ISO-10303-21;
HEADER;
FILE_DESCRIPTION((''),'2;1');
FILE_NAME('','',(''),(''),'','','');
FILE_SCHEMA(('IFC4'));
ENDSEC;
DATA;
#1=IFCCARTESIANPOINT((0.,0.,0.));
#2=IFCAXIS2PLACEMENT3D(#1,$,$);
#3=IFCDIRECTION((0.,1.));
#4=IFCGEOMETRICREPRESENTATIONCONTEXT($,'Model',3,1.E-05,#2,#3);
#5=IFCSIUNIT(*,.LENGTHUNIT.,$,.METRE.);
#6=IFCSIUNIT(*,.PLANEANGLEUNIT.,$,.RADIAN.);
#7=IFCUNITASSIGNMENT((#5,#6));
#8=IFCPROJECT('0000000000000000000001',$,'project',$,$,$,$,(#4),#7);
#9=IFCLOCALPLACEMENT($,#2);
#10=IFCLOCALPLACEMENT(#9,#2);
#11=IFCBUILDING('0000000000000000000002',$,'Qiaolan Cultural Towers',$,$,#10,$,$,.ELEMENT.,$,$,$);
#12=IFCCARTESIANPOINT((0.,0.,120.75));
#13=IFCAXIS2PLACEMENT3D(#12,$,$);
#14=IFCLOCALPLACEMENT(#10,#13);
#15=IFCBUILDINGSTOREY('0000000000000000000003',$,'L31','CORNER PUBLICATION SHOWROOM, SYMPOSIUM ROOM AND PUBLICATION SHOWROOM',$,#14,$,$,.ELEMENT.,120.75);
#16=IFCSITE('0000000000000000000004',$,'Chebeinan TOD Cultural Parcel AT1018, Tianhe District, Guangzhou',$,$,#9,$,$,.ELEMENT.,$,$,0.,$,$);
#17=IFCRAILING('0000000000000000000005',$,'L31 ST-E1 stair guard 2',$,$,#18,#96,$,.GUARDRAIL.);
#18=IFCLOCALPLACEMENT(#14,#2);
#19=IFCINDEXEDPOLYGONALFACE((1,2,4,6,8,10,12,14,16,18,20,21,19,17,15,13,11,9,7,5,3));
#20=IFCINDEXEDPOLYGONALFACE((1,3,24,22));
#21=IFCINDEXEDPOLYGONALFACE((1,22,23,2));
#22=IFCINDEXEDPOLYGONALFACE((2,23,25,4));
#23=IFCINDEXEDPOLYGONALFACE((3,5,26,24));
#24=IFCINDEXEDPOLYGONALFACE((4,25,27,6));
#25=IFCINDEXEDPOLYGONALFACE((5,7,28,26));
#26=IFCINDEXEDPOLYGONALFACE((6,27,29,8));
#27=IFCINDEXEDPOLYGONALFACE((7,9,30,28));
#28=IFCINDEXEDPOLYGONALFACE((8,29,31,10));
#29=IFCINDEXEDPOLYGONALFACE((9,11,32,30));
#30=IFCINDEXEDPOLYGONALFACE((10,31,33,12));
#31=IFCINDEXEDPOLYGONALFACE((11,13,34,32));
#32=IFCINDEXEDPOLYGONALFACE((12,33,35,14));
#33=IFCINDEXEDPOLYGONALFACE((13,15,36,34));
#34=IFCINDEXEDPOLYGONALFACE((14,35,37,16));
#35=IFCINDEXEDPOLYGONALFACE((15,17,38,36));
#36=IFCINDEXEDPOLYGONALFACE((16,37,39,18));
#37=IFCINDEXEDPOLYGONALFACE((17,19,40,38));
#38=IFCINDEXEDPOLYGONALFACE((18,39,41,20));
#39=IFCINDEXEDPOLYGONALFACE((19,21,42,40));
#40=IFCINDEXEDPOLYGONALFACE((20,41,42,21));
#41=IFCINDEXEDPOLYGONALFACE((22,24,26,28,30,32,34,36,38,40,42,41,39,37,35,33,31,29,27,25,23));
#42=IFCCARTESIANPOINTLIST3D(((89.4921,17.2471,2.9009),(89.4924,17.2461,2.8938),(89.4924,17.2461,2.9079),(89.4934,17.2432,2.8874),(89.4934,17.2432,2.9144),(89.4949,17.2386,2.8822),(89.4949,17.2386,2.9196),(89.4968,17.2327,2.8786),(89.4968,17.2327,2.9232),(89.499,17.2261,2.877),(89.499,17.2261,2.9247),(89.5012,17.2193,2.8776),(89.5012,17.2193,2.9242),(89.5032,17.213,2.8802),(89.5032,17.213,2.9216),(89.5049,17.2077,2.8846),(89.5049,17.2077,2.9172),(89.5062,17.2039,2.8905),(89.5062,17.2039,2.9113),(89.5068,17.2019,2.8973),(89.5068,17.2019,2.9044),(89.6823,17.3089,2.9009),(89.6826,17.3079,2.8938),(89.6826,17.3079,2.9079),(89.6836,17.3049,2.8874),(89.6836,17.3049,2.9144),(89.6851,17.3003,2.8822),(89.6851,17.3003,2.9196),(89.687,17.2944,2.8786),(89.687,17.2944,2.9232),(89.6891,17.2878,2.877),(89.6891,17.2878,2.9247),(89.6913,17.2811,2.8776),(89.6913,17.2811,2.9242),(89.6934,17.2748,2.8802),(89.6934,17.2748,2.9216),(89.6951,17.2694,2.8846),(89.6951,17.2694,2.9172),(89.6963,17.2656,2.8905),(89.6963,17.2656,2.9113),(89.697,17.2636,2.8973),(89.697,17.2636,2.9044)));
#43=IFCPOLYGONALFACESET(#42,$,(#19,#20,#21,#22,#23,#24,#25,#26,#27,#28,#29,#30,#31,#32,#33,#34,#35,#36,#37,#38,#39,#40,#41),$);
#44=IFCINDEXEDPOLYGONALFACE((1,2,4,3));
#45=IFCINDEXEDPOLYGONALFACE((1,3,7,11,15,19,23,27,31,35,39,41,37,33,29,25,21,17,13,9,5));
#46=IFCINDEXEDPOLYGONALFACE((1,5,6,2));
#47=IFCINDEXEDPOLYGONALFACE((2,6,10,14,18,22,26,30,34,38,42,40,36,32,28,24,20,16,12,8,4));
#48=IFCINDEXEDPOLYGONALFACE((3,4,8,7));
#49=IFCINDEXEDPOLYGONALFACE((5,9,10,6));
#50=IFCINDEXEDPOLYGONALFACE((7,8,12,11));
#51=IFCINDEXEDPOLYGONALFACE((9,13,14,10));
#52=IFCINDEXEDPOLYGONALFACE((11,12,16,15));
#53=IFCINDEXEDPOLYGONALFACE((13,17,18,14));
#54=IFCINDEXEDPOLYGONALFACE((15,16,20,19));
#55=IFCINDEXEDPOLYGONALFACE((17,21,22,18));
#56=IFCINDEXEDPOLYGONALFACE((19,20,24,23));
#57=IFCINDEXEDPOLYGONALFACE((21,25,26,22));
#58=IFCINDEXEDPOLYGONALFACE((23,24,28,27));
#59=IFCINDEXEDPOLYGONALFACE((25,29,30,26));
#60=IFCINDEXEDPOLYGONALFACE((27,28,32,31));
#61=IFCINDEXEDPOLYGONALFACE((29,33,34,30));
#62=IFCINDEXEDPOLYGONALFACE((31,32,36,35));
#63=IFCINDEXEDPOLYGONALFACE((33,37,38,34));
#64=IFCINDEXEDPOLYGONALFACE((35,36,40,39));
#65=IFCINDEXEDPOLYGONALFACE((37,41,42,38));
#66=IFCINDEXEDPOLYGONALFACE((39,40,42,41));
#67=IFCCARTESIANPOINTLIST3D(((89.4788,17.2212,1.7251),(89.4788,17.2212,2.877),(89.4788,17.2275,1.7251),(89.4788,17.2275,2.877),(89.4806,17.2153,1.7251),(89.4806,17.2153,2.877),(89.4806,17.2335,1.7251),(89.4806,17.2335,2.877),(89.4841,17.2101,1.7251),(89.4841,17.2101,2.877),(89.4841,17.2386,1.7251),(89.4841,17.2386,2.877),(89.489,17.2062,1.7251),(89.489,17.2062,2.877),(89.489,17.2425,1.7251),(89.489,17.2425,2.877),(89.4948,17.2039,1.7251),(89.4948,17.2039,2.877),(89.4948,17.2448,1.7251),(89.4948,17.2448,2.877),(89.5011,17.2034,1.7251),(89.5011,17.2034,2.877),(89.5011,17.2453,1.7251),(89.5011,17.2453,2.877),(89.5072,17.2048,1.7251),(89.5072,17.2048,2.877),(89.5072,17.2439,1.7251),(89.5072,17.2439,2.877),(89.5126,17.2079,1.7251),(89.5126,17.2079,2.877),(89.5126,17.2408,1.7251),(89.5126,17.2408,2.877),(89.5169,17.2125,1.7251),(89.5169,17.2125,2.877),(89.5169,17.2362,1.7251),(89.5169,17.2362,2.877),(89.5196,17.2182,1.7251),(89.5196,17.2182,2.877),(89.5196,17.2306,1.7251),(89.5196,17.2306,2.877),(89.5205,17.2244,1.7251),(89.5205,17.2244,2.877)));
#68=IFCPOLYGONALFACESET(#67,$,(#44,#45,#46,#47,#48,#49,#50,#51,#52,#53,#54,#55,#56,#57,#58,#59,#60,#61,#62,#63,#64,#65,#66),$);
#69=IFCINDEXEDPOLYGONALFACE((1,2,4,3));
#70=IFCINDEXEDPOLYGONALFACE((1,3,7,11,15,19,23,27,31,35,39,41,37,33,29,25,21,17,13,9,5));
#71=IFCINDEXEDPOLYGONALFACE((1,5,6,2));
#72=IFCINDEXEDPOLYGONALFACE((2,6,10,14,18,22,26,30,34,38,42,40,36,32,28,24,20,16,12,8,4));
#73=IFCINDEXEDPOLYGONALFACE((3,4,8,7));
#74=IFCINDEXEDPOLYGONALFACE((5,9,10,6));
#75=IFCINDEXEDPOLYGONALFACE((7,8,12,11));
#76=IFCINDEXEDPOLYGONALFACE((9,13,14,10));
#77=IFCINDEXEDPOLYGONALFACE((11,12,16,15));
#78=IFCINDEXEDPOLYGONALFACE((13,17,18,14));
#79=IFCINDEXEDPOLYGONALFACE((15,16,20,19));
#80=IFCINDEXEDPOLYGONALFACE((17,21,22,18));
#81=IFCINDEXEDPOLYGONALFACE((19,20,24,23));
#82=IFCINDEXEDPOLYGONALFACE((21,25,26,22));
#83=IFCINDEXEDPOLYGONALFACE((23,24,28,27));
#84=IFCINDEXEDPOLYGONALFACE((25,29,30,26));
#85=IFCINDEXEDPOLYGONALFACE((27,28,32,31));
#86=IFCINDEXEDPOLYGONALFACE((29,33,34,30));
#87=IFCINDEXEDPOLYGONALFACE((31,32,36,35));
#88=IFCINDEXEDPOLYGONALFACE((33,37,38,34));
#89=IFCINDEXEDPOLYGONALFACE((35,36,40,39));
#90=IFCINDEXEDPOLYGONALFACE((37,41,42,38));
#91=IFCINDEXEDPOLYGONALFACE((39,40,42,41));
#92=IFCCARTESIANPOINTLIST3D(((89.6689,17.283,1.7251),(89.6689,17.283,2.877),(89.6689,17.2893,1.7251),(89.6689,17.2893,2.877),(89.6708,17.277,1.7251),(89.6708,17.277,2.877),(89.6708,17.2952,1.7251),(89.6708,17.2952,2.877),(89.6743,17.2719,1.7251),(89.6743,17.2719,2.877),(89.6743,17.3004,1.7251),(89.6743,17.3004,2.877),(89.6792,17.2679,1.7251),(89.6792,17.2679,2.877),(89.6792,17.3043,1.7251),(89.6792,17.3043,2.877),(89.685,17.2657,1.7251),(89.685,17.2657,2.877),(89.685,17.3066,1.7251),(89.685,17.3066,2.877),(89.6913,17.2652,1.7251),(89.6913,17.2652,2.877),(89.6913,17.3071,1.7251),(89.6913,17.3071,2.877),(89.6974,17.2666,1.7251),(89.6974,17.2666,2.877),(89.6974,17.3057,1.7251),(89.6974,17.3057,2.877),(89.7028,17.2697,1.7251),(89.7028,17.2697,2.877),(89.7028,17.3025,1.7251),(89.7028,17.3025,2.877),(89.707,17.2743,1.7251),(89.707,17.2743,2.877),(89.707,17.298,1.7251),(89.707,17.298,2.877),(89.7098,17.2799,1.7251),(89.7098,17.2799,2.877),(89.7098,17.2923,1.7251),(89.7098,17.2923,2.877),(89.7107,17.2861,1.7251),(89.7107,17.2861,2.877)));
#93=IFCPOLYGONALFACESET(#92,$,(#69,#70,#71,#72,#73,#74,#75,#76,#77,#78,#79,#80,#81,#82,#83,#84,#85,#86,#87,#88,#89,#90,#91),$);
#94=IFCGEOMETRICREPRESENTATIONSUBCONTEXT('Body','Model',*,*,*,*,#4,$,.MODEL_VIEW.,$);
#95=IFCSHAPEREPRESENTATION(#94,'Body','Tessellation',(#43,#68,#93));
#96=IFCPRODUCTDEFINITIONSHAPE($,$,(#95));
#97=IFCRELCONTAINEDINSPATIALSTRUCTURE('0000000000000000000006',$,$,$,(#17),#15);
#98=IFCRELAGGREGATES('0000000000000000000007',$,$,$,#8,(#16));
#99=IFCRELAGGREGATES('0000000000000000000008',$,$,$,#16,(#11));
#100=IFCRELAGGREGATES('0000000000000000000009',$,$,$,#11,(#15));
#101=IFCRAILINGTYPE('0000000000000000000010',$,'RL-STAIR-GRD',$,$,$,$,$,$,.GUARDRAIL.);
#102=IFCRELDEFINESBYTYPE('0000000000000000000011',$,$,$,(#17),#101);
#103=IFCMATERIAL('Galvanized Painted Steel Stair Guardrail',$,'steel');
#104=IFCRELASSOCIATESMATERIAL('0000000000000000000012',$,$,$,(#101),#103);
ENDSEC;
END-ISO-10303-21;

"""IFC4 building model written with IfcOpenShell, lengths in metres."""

from ifc_helpers import new_model, si_unit, direction, frame, origin, origin_2d, place, context, subcontext, project, spatial, circle, extrude, material, type_object, element, save


model = new_model("IFC4")

# Units and contexts
model_context = context("Model", 3, precision=1e-05, world=origin(), true_north=direction((0.0, 1.0)))
body_context = subcontext(model_context, "Body", "Model", "MODEL_VIEW")
ifc_project = project(units=[si_unit("LENGTHUNIT", "METRE"), si_unit("PLANEANGLEUNIT", "RADIAN")], contexts=[model_context])

# Site, building, storey
site_placement = place(None, origin())
site = spatial("IfcSite", under=ifc_project, at=site_placement, Name="Chebeinan TOD Cultural Parcel AT1018, Tianhe District, Guangzhou", CompositionType="ELEMENT", RefElevation=0.0)
building_placement = place(site_placement, origin())
building = spatial("IfcBuilding", under=site, at=building_placement, Name="Qiaolan Cultural Towers", CompositionType="ELEMENT")
storey_placement = place(building_placement, frame((0.0, 0.0, 120.75)))
storey = spatial("IfcBuildingStorey", under=building, at=storey_placement, Name="L31", Description="CORNER PUBLICATION SHOWROOM, SYMPOSIUM ROOM AND PUBLICATION SHOWROOM", CompositionType="ELEMENT", Elevation=120.75)

# Railing
ifc_material_1 = material(Name="Galvanized Painted Steel Stair Guardrail", Category="steel")
railing_type_1 = type_object("IfcRailingType", Name="RL-STAIR-GRD", PredefinedType="GUARDRAIL", material=ifc_material_1)
railing_1_placement = place(storey_placement, frame((89.4995, 17.2244, 1.7251)))
element("IfcRailing", 1, at=railing_1_placement, inside=storey, type_object=railing_type_1, Name="L31 ST-E1 stair guard 2", PredefinedType="GUARDRAIL", context=body_context, shape_type="SweptSolid", body=[
    extrude(circle(Radius=0.0239, at=origin_2d()), frame((0.0, 0.0, 1.1758), z_axis=(0.951097, 0.308893, 0.0), x_axis=(-0.308893, 0.951097, 0.0)), (0.0, 0.0, 1.0), 0.2),
    extrude(circle(Radius=0.021, at=origin_2d()), origin(), (0.0, 0.0, 1.0), 1.1519),
    extrude(circle(Radius=0.021, at=origin_2d()), frame((0.1902, 0.0618, 0.0)), (0.0, 0.0, 1.0), 1.1519),
])

save(model, "model.ifc")
